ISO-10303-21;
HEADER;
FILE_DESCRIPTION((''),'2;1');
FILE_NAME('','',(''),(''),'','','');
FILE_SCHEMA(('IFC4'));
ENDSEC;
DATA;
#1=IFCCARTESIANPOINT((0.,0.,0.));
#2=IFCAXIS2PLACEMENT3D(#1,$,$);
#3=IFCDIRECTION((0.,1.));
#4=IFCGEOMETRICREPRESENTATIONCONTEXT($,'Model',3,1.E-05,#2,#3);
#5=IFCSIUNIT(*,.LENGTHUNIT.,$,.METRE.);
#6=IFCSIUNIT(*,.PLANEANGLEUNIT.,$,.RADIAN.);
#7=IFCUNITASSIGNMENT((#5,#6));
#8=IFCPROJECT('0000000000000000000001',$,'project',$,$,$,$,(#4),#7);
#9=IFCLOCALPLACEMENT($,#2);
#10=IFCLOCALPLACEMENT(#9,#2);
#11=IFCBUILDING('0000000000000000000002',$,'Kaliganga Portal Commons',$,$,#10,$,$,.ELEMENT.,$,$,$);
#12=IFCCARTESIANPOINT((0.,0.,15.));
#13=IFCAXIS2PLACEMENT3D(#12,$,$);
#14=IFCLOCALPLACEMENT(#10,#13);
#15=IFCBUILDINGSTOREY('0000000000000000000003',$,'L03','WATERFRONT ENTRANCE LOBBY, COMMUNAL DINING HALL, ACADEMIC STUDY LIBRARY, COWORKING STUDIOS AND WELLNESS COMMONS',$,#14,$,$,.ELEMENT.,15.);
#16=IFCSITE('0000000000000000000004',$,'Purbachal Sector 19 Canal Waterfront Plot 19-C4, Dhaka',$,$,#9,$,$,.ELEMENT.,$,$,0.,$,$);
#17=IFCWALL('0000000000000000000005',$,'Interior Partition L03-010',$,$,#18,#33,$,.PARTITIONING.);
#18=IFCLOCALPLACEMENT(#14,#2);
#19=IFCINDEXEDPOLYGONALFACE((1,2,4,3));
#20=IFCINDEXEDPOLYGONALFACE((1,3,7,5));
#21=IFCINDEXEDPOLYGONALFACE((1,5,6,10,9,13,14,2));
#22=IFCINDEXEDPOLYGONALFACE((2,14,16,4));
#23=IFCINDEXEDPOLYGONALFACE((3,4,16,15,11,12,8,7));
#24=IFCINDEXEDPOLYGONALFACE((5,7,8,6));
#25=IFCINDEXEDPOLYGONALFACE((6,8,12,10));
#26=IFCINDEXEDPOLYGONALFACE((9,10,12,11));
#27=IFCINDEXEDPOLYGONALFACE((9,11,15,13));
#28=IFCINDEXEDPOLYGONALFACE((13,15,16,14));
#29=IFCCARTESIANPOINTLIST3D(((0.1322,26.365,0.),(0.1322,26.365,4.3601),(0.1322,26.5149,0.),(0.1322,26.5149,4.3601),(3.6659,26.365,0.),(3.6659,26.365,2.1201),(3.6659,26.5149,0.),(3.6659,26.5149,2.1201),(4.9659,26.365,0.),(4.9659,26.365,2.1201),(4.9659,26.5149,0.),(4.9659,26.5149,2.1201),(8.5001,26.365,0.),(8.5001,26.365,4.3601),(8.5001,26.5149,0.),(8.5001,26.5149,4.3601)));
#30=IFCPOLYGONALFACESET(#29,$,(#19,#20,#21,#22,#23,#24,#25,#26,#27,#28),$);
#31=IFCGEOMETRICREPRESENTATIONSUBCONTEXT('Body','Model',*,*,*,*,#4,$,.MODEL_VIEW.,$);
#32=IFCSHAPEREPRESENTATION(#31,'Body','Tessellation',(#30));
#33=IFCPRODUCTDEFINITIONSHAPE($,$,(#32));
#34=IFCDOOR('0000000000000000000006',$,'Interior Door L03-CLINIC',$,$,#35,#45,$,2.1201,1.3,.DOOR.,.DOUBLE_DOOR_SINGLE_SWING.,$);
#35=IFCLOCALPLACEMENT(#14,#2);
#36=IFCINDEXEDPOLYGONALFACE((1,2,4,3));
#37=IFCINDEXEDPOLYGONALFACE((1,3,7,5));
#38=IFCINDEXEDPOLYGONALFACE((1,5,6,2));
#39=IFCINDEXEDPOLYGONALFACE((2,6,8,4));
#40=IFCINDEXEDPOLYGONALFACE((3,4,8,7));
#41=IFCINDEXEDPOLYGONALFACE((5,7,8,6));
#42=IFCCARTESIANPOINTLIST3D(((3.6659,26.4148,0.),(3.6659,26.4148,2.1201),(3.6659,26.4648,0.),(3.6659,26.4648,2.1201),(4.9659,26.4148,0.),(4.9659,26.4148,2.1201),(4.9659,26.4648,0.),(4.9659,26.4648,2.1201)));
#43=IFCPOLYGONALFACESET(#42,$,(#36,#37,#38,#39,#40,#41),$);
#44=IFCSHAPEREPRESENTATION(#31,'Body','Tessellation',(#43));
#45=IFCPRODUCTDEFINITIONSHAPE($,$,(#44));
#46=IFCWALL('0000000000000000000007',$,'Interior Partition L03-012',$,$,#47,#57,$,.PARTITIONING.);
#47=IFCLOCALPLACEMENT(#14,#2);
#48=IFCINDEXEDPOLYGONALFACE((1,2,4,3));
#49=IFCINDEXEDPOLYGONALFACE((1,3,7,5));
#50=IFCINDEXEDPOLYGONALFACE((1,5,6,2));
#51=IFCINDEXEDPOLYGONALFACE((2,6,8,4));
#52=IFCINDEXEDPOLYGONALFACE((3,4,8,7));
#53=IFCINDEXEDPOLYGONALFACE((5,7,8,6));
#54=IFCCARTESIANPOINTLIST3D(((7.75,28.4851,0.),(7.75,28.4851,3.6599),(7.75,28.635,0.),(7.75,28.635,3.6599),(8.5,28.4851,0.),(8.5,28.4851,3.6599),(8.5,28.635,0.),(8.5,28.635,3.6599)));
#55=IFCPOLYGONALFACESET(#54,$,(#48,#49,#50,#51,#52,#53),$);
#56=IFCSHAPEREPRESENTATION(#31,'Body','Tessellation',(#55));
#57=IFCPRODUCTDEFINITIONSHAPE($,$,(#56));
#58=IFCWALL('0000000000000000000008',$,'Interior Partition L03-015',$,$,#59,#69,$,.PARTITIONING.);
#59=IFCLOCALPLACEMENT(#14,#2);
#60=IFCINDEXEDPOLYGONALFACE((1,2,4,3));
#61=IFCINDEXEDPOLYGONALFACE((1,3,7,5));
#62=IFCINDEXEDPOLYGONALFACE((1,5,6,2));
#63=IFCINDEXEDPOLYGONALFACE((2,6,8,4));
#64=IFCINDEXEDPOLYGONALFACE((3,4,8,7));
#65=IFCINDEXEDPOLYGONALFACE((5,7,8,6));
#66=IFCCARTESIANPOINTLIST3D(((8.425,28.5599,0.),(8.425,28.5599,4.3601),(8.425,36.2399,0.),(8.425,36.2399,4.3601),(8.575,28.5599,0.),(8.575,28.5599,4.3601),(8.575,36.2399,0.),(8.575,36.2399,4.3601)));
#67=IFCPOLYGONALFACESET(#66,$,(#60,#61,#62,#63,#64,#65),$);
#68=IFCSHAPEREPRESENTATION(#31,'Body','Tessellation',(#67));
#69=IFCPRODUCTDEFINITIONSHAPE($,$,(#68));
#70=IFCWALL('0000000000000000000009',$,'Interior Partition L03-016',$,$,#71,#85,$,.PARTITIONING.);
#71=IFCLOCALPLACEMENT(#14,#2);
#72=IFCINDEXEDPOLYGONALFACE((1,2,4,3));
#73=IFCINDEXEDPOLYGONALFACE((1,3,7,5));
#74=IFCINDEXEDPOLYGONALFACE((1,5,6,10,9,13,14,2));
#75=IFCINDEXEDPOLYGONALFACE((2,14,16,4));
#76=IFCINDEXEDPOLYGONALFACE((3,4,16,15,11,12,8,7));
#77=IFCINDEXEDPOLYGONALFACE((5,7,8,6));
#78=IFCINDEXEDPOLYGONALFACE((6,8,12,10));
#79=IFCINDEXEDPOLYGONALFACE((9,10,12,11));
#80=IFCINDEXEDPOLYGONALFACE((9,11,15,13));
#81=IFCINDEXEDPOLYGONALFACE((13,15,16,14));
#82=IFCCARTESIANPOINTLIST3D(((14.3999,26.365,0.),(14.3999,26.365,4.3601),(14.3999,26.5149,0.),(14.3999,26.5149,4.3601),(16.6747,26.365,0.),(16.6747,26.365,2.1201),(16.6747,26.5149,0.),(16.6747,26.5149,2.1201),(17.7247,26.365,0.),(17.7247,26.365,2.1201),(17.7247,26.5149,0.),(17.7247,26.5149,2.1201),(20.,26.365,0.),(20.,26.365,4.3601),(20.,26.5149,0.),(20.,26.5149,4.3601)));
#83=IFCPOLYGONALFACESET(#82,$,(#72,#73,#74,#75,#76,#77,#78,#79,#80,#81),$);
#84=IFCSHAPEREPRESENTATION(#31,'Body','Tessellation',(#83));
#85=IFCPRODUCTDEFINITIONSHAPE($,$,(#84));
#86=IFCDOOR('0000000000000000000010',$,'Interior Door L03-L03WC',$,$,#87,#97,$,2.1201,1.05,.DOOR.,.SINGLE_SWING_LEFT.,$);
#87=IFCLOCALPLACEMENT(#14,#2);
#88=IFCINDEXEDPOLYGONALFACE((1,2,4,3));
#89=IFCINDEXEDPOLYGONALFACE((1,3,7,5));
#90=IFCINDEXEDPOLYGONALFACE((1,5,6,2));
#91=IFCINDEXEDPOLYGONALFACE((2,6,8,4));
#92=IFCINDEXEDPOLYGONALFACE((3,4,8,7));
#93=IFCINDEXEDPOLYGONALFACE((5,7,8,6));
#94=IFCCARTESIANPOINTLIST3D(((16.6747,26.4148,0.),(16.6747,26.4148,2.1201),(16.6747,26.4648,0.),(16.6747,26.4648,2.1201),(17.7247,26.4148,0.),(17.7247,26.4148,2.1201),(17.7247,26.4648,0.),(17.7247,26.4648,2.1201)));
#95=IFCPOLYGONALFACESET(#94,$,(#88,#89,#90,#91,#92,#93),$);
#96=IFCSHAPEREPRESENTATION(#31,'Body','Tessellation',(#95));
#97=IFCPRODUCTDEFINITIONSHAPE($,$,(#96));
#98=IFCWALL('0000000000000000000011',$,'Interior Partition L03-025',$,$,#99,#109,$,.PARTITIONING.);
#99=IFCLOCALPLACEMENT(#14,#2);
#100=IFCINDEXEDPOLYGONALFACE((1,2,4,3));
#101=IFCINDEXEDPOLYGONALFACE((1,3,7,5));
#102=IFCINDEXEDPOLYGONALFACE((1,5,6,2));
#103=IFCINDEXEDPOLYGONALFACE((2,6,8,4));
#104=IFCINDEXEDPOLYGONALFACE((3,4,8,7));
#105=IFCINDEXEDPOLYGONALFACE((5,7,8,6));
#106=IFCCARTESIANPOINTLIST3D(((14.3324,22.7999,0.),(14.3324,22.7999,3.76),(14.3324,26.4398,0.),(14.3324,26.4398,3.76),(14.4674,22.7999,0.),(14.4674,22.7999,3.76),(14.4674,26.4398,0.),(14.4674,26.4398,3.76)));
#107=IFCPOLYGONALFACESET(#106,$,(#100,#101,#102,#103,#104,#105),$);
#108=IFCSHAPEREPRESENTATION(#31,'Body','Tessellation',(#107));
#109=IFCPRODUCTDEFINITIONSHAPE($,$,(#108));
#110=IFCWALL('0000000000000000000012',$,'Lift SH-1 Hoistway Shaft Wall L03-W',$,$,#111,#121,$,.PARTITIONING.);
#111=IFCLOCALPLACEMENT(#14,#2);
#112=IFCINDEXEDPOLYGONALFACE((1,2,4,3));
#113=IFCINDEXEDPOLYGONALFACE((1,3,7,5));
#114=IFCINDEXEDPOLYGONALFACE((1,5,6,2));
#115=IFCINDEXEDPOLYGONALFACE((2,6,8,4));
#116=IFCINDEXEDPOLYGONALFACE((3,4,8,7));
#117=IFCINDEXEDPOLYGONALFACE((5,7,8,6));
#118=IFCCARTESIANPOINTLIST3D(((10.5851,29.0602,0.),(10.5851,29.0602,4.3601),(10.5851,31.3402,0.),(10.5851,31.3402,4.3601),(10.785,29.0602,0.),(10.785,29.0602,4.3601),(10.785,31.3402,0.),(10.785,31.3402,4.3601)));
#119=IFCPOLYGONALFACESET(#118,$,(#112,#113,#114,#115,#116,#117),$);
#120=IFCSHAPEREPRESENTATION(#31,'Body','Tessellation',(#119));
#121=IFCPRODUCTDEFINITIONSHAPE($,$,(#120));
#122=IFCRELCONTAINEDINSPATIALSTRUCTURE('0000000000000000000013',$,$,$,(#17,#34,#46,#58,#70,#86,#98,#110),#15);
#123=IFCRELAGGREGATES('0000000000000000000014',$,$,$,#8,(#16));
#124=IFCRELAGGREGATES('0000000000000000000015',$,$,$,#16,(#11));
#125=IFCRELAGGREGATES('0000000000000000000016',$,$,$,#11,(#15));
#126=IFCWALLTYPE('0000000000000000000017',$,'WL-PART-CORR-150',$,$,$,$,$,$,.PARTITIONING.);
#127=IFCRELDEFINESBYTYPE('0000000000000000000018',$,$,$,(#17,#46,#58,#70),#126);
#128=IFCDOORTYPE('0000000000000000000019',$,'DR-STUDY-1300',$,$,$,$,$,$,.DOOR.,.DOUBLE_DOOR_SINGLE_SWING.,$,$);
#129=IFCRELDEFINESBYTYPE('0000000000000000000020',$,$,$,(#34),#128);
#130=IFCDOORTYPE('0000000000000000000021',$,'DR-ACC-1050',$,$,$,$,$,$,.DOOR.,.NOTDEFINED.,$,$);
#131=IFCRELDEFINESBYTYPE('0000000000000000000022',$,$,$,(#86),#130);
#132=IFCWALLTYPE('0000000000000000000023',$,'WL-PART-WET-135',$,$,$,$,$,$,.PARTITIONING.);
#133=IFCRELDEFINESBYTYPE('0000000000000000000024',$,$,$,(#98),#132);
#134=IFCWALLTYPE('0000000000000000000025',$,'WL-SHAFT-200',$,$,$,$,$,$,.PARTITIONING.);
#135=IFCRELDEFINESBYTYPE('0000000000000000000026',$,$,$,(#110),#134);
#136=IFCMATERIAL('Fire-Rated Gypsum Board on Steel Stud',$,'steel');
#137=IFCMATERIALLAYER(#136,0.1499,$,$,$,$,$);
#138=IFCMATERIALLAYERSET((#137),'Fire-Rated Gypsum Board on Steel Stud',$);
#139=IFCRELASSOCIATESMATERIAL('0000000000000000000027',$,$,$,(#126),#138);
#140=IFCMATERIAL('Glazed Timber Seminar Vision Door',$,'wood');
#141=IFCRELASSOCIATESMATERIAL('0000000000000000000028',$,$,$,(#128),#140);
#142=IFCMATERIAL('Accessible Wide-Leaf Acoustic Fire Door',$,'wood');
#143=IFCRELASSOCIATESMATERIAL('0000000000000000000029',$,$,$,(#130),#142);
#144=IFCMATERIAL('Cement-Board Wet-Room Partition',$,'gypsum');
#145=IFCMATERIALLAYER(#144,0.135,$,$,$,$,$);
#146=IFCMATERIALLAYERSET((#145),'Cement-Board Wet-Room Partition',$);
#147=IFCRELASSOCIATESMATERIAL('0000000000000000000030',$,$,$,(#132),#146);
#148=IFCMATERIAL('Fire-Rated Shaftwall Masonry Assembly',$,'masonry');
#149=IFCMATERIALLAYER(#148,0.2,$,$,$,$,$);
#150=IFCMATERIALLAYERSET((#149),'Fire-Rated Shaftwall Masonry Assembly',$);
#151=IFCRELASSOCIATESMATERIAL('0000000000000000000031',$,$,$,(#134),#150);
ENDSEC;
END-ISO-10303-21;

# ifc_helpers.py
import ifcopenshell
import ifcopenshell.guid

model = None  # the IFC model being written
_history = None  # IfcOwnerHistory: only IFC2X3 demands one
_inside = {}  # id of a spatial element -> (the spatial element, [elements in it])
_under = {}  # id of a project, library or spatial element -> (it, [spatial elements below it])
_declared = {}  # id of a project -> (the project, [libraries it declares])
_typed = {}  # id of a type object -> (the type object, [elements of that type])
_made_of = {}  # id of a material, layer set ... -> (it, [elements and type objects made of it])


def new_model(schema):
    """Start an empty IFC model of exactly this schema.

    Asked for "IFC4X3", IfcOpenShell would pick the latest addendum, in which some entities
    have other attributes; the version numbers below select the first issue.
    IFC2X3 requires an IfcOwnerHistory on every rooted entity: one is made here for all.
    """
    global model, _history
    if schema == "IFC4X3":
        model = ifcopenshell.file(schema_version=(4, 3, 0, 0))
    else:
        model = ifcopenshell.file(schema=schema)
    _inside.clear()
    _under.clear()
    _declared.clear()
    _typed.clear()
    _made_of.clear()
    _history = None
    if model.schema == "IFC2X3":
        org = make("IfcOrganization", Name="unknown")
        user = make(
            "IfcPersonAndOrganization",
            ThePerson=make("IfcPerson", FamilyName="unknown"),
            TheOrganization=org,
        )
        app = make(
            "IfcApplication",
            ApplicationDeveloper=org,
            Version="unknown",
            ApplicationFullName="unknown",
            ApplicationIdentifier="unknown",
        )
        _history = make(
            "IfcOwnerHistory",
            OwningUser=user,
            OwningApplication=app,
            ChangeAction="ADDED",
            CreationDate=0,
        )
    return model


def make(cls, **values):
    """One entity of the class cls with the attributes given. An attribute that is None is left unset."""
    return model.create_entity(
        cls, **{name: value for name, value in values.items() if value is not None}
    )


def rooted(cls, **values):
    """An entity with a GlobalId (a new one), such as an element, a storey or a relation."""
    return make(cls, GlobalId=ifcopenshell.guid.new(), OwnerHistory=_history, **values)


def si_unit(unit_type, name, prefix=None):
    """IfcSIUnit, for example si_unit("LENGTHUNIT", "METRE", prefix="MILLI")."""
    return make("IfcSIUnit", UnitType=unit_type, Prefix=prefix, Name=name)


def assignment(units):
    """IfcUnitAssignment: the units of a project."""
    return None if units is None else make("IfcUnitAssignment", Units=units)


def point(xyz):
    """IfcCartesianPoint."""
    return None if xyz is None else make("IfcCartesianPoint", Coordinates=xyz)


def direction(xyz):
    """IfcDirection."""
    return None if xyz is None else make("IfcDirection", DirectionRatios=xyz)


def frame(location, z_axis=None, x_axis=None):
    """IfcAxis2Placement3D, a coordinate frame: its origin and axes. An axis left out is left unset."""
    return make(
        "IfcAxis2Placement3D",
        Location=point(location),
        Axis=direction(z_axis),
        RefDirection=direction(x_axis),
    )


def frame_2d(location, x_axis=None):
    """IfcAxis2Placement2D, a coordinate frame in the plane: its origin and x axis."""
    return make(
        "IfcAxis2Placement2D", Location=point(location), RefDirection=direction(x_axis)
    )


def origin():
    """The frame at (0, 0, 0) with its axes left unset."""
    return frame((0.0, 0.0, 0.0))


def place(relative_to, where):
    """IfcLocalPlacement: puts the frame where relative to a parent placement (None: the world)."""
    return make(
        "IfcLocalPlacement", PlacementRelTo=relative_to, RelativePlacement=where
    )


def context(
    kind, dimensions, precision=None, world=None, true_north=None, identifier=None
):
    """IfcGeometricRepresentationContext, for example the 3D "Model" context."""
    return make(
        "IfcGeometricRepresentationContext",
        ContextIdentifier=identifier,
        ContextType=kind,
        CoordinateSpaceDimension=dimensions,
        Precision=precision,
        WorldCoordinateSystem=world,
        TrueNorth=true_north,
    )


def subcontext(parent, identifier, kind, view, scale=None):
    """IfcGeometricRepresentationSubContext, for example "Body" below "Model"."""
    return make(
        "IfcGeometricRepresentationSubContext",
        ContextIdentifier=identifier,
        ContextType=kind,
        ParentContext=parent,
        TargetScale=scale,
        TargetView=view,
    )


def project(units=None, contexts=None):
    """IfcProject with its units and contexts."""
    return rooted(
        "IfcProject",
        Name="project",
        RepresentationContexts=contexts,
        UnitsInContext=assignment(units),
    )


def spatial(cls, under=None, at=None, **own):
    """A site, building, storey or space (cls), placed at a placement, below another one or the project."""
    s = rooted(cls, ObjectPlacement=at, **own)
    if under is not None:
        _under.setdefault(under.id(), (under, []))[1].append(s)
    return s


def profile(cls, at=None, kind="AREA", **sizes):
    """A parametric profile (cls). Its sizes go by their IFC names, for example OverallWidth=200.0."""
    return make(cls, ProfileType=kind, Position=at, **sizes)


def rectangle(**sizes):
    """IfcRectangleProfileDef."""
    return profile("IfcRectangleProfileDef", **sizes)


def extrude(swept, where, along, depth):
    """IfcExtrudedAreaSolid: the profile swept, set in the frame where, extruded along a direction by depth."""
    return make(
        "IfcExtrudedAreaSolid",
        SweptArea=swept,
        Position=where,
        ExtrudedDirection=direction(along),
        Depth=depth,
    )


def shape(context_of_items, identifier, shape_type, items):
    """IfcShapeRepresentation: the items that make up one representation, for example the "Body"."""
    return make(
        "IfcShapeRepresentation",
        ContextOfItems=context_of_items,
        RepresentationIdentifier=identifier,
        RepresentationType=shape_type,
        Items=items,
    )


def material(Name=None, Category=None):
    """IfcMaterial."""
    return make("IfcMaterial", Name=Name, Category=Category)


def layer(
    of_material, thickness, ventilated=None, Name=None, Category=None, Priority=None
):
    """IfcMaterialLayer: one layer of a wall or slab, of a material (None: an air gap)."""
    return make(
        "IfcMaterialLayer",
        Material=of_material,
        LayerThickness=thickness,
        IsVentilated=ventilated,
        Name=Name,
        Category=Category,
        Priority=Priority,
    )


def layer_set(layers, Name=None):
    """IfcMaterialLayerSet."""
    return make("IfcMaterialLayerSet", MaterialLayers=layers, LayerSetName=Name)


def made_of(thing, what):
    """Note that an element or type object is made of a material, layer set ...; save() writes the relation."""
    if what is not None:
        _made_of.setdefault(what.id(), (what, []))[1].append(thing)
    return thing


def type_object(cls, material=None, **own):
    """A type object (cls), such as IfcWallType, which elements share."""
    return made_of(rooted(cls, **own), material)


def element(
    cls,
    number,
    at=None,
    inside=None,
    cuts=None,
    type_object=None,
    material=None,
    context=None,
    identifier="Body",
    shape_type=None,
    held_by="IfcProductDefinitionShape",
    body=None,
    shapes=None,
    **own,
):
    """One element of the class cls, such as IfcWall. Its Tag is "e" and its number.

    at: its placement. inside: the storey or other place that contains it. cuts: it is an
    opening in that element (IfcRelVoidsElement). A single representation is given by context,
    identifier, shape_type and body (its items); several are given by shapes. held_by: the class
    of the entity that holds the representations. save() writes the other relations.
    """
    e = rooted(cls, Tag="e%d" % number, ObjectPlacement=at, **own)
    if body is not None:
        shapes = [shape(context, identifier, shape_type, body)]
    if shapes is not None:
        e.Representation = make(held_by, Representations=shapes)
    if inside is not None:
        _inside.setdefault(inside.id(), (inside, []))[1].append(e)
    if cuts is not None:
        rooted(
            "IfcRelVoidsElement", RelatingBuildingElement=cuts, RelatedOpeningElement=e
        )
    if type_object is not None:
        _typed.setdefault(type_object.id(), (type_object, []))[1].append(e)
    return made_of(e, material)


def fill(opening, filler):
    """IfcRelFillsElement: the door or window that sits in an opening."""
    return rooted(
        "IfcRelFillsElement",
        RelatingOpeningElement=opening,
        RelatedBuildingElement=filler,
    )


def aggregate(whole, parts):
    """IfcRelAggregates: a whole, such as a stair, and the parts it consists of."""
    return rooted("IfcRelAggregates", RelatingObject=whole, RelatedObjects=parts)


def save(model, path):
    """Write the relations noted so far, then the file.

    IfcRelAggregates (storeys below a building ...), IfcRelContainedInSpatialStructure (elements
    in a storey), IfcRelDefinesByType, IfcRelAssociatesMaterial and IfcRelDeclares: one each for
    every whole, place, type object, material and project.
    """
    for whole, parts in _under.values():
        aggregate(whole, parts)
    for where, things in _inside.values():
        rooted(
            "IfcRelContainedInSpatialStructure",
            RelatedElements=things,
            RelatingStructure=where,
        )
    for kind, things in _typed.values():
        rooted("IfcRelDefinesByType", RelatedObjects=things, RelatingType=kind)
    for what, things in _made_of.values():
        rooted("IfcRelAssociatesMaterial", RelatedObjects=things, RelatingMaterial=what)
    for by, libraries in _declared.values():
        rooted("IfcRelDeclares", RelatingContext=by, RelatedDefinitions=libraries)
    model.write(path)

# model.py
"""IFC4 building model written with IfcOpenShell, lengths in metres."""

from ifc_helpers import new_model, si_unit, direction, frame, frame_2d, origin, place, context, subcontext, project, spatial, rectangle, extrude, material, layer, layer_set, type_object, element, fill, save


model = new_model("IFC4")

# Units and contexts
model_context = context("Model", 3, precision=1e-05, world=origin(), true_north=direction((0.0, 1.0)))
body_context = subcontext(model_context, "Body", "Model", "MODEL_VIEW")
ifc_project = project(units=[si_unit("LENGTHUNIT", "METRE"), si_unit("PLANEANGLEUNIT", "RADIAN")], contexts=[model_context])

# Site, building, storey
site_placement = place(None, origin())
site = spatial("IfcSite", under=ifc_project, at=site_placement, Name="Purbachal Sector 19 Canal Waterfront Plot 19-C4, Dhaka", CompositionType="ELEMENT", RefElevation=0.0)
building_placement = place(site_placement, origin())
building = spatial("IfcBuilding", under=site, at=building_placement, Name="Kaliganga Portal Commons", CompositionType="ELEMENT")
storey_placement = place(building_placement, frame((0.0, 0.0, 15.0)))
storey = spatial("IfcBuildingStorey", under=building, at=storey_placement, Name="L03", Description="WATERFRONT ENTRANCE LOBBY, COMMUNAL DINING HALL, ACADEMIC STUDY LIBRARY, COWORKING STUDIOS AND WELLNESS COMMONS", CompositionType="ELEMENT", Elevation=15.0)

# Wall, opening, door
ifc_material_1 = material(Name="Fire-Rated Gypsum Board on Steel Stud", Category="steel")
ifc_layer_1 = layer(ifc_material_1, 0.1499)
ifc_layer_set_1 = layer_set([ifc_layer_1], Name="Fire-Rated Gypsum Board on Steel Stud")
wall_type_1 = type_object("IfcWallType", Name="WL-PART-CORR-150", PredefinedType="PARTITIONING", material=ifc_layer_set_1)
wall_1_placement = place(storey_placement, frame((0.1321, 26.4399, 0.0), z_axis=(0.0, 0.0, 1.0), x_axis=(1.0, 0.0, 0.0)))
wall_1 = element("IfcWall", 1, at=wall_1_placement, inside=storey, type_object=wall_type_1, Name="Interior Partition L03-010", PredefinedType="PARTITIONING", context=body_context, shape_type="SweptSolid", body=[
    extrude(rectangle(XDim=8.3679, YDim=0.1499, at=frame_2d((4.1841, 0.0))), origin(), (0.0, 0.0, 1.0), 4.3601),
])
opening_1_placement = place(wall_1_placement, frame((3.5339, 0.0, 0.0)))
opening_1 = element("IfcOpeningElement", 2, at=opening_1_placement, cuts=wall_1, PredefinedType="OPENING", context=body_context, shape_type="SweptSolid", body=[
    extrude(rectangle(XDim=1.3, YDim=2.1201, at=frame_2d((0.6499, 1.0601))), frame((0.0, 0.085, 0.0), z_axis=(0.0, -1.0, 0.0), x_axis=(1.0, 0.0, 0.0)), (0.0, 0.0, 1.0), 0.1699),
])
ifc_material_2 = material(Name="Glazed Timber Seminar Vision Door", Category="wood")
door_type_1 = type_object("IfcDoorType", Name="DR-STUDY-1300", OperationType="DOUBLE_DOOR_SINGLE_SWING", PredefinedType="DOOR", material=ifc_material_2)
door_1_placement = place(opening_1_placement, origin())
door_1 = element("IfcDoor", 3, at=door_1_placement, inside=storey, type_object=door_type_1, Name="Interior Door L03-CLINIC", OperationType="DOUBLE_DOOR_SINGLE_SWING", OverallHeight=2.1201, OverallWidth=1.3, PredefinedType="DOOR", context=body_context, shape_type="SweptSolid", body=[
    extrude(rectangle(XDim=1.3, YDim=2.1201, at=frame_2d((0.6499, 1.0601))), frame((0.0, 0.0249, 0.0), z_axis=(0.0, -1.0, 0.0), x_axis=(1.0, 0.0, 0.0)), (0.0, 0.0, 1.0), 0.05),
])
fill(opening_1, door_1)

# Walls
wall_2_placement = place(storey_placement, frame((7.75, 28.5601, 0.0), z_axis=(0.0, 0.0, 1.0), x_axis=(1.0, 0.0, 0.0)))
element("IfcWall", 4, at=wall_2_placement, inside=storey, type_object=wall_type_1, Name="Interior Partition L03-012", PredefinedType="PARTITIONING", context=body_context, shape_type="SweptSolid", body=[
    extrude(rectangle(XDim=0.75, YDim=0.1499, at=frame_2d((0.375, 0.0))), origin(), (0.0, 0.0, 1.0), 3.6599),
])
wall_3_placement = place(storey_placement, frame((8.5, 28.5601, 0.0), z_axis=(0.0, 0.0, 1.0), x_axis=(0.0, 1.0, 0.0)))
element("IfcWall", 5, at=wall_3_placement, inside=storey, type_object=wall_type_1, Name="Interior Partition L03-015", PredefinedType="PARTITIONING", context=body_context, shape_type="SweptSolid", body=[
    extrude(rectangle(XDim=7.6799, YDim=0.1499, at=frame_2d((3.8398, 0.0))), origin(), (0.0, 0.0, 1.0), 4.3601),
])

# Wall, opening, door
wall_4_placement = place(storey_placement, frame((14.3999, 26.4399, 0.0), z_axis=(0.0, 0.0, 1.0), x_axis=(1.0, 0.0, 0.0)))
wall_4 = element("IfcWall", 6, at=wall_4_placement, inside=storey, type_object=wall_type_1, Name="Interior Partition L03-016", PredefinedType="PARTITIONING", context=body_context, shape_type="SweptSolid", body=[
    extrude(rectangle(XDim=5.6001, YDim=0.1499, at=frame_2d((2.8, 0.0))), origin(), (0.0, 0.0, 1.0), 4.3601),
])
opening_2_placement = place(wall_4_placement, frame((2.2749, 0.0, 0.0)))
opening_2 = element("IfcOpeningElement", 7, at=opening_2_placement, cuts=wall_4, PredefinedType="OPENING", context=body_context, shape_type="SweptSolid", body=[
    extrude(rectangle(XDim=1.05, YDim=2.1201, at=frame_2d((0.5249, 1.0601))), frame((0.0, 0.085, 0.0), z_axis=(0.0, -1.0, 0.0), x_axis=(1.0, 0.0, 0.0)), (0.0, 0.0, 1.0), 0.1699),
])
ifc_material_3 = material(Name="Accessible Wide-Leaf Acoustic Fire Door", Category="wood")
door_type_2 = type_object("IfcDoorType", Name="DR-ACC-1050", OperationType="NOTDEFINED", PredefinedType="DOOR", material=ifc_material_3)
door_2_placement = place(opening_2_placement, origin())
door_2 = element("IfcDoor", 8, at=door_2_placement, inside=storey, type_object=door_type_2, Name="Interior Door L03-L03WC", OperationType="SINGLE_SWING_LEFT", OverallHeight=2.1201, OverallWidth=1.05, PredefinedType="DOOR", context=body_context, shape_type="SweptSolid", body=[
    extrude(rectangle(XDim=1.05, YDim=2.1201, at=frame_2d((0.5249, 1.0601))), frame((0.0, 0.0249, 0.0), z_axis=(0.0, -1.0, 0.0), x_axis=(1.0, 0.0, 0.0)), (0.0, 0.0, 1.0), 0.05),
])
fill(opening_2, door_2)

# Walls
ifc_material_4 = material(Name="Cement-Board Wet-Room Partition", Category="gypsum")
ifc_layer_2 = layer(ifc_material_4, 0.135)
ifc_layer_set_2 = layer_set([ifc_layer_2], Name="Cement-Board Wet-Room Partition")
wall_type_2 = type_object("IfcWallType", Name="WL-PART-WET-135", PredefinedType="PARTITIONING", material=ifc_layer_set_2)
wall_5_placement = place(storey_placement, frame((14.3999, 22.8, 0.0), z_axis=(0.0, 0.0, 1.0), x_axis=(0.0, 1.0, 0.0)))
element("IfcWall", 9, at=wall_5_placement, inside=storey, type_object=wall_type_2, Name="Interior Partition L03-025", PredefinedType="PARTITIONING", context=body_context, shape_type="SweptSolid", body=[
    extrude(rectangle(XDim=3.6399, YDim=0.135, at=frame_2d((1.8198, 0.0))), origin(), (0.0, 0.0, 1.0), 3.76),
])
ifc_material_5 = material(Name="Fire-Rated Shaftwall Masonry Assembly", Category="masonry")
ifc_layer_3 = layer(ifc_material_5, 0.2)
ifc_layer_set_3 = layer_set([ifc_layer_3], Name="Fire-Rated Shaftwall Masonry Assembly")
wall_type_3 = type_object("IfcWallType", Name="WL-SHAFT-200", PredefinedType="PARTITIONING", material=ifc_layer_set_3)
wall_6_placement = place(storey_placement, frame((10.6851, 29.0601, 0.0), z_axis=(0.0, 0.0, 1.0), x_axis=(0.0, 1.0, 0.0)))
element("IfcWall", 10, at=wall_6_placement, inside=storey, type_object=wall_type_3, Name="Lift SH-1 Hoistway Shaft Wall L03-W", PredefinedType="PARTITIONING", context=body_context, shape_type="SweptSolid", body=[
    extrude(rectangle(XDim=2.28, YDim=0.2, at=frame_2d((1.1401, 0.0))), origin(), (0.0, 0.0, 1.0), 4.3601),
])

save(model, "model.ifc")
